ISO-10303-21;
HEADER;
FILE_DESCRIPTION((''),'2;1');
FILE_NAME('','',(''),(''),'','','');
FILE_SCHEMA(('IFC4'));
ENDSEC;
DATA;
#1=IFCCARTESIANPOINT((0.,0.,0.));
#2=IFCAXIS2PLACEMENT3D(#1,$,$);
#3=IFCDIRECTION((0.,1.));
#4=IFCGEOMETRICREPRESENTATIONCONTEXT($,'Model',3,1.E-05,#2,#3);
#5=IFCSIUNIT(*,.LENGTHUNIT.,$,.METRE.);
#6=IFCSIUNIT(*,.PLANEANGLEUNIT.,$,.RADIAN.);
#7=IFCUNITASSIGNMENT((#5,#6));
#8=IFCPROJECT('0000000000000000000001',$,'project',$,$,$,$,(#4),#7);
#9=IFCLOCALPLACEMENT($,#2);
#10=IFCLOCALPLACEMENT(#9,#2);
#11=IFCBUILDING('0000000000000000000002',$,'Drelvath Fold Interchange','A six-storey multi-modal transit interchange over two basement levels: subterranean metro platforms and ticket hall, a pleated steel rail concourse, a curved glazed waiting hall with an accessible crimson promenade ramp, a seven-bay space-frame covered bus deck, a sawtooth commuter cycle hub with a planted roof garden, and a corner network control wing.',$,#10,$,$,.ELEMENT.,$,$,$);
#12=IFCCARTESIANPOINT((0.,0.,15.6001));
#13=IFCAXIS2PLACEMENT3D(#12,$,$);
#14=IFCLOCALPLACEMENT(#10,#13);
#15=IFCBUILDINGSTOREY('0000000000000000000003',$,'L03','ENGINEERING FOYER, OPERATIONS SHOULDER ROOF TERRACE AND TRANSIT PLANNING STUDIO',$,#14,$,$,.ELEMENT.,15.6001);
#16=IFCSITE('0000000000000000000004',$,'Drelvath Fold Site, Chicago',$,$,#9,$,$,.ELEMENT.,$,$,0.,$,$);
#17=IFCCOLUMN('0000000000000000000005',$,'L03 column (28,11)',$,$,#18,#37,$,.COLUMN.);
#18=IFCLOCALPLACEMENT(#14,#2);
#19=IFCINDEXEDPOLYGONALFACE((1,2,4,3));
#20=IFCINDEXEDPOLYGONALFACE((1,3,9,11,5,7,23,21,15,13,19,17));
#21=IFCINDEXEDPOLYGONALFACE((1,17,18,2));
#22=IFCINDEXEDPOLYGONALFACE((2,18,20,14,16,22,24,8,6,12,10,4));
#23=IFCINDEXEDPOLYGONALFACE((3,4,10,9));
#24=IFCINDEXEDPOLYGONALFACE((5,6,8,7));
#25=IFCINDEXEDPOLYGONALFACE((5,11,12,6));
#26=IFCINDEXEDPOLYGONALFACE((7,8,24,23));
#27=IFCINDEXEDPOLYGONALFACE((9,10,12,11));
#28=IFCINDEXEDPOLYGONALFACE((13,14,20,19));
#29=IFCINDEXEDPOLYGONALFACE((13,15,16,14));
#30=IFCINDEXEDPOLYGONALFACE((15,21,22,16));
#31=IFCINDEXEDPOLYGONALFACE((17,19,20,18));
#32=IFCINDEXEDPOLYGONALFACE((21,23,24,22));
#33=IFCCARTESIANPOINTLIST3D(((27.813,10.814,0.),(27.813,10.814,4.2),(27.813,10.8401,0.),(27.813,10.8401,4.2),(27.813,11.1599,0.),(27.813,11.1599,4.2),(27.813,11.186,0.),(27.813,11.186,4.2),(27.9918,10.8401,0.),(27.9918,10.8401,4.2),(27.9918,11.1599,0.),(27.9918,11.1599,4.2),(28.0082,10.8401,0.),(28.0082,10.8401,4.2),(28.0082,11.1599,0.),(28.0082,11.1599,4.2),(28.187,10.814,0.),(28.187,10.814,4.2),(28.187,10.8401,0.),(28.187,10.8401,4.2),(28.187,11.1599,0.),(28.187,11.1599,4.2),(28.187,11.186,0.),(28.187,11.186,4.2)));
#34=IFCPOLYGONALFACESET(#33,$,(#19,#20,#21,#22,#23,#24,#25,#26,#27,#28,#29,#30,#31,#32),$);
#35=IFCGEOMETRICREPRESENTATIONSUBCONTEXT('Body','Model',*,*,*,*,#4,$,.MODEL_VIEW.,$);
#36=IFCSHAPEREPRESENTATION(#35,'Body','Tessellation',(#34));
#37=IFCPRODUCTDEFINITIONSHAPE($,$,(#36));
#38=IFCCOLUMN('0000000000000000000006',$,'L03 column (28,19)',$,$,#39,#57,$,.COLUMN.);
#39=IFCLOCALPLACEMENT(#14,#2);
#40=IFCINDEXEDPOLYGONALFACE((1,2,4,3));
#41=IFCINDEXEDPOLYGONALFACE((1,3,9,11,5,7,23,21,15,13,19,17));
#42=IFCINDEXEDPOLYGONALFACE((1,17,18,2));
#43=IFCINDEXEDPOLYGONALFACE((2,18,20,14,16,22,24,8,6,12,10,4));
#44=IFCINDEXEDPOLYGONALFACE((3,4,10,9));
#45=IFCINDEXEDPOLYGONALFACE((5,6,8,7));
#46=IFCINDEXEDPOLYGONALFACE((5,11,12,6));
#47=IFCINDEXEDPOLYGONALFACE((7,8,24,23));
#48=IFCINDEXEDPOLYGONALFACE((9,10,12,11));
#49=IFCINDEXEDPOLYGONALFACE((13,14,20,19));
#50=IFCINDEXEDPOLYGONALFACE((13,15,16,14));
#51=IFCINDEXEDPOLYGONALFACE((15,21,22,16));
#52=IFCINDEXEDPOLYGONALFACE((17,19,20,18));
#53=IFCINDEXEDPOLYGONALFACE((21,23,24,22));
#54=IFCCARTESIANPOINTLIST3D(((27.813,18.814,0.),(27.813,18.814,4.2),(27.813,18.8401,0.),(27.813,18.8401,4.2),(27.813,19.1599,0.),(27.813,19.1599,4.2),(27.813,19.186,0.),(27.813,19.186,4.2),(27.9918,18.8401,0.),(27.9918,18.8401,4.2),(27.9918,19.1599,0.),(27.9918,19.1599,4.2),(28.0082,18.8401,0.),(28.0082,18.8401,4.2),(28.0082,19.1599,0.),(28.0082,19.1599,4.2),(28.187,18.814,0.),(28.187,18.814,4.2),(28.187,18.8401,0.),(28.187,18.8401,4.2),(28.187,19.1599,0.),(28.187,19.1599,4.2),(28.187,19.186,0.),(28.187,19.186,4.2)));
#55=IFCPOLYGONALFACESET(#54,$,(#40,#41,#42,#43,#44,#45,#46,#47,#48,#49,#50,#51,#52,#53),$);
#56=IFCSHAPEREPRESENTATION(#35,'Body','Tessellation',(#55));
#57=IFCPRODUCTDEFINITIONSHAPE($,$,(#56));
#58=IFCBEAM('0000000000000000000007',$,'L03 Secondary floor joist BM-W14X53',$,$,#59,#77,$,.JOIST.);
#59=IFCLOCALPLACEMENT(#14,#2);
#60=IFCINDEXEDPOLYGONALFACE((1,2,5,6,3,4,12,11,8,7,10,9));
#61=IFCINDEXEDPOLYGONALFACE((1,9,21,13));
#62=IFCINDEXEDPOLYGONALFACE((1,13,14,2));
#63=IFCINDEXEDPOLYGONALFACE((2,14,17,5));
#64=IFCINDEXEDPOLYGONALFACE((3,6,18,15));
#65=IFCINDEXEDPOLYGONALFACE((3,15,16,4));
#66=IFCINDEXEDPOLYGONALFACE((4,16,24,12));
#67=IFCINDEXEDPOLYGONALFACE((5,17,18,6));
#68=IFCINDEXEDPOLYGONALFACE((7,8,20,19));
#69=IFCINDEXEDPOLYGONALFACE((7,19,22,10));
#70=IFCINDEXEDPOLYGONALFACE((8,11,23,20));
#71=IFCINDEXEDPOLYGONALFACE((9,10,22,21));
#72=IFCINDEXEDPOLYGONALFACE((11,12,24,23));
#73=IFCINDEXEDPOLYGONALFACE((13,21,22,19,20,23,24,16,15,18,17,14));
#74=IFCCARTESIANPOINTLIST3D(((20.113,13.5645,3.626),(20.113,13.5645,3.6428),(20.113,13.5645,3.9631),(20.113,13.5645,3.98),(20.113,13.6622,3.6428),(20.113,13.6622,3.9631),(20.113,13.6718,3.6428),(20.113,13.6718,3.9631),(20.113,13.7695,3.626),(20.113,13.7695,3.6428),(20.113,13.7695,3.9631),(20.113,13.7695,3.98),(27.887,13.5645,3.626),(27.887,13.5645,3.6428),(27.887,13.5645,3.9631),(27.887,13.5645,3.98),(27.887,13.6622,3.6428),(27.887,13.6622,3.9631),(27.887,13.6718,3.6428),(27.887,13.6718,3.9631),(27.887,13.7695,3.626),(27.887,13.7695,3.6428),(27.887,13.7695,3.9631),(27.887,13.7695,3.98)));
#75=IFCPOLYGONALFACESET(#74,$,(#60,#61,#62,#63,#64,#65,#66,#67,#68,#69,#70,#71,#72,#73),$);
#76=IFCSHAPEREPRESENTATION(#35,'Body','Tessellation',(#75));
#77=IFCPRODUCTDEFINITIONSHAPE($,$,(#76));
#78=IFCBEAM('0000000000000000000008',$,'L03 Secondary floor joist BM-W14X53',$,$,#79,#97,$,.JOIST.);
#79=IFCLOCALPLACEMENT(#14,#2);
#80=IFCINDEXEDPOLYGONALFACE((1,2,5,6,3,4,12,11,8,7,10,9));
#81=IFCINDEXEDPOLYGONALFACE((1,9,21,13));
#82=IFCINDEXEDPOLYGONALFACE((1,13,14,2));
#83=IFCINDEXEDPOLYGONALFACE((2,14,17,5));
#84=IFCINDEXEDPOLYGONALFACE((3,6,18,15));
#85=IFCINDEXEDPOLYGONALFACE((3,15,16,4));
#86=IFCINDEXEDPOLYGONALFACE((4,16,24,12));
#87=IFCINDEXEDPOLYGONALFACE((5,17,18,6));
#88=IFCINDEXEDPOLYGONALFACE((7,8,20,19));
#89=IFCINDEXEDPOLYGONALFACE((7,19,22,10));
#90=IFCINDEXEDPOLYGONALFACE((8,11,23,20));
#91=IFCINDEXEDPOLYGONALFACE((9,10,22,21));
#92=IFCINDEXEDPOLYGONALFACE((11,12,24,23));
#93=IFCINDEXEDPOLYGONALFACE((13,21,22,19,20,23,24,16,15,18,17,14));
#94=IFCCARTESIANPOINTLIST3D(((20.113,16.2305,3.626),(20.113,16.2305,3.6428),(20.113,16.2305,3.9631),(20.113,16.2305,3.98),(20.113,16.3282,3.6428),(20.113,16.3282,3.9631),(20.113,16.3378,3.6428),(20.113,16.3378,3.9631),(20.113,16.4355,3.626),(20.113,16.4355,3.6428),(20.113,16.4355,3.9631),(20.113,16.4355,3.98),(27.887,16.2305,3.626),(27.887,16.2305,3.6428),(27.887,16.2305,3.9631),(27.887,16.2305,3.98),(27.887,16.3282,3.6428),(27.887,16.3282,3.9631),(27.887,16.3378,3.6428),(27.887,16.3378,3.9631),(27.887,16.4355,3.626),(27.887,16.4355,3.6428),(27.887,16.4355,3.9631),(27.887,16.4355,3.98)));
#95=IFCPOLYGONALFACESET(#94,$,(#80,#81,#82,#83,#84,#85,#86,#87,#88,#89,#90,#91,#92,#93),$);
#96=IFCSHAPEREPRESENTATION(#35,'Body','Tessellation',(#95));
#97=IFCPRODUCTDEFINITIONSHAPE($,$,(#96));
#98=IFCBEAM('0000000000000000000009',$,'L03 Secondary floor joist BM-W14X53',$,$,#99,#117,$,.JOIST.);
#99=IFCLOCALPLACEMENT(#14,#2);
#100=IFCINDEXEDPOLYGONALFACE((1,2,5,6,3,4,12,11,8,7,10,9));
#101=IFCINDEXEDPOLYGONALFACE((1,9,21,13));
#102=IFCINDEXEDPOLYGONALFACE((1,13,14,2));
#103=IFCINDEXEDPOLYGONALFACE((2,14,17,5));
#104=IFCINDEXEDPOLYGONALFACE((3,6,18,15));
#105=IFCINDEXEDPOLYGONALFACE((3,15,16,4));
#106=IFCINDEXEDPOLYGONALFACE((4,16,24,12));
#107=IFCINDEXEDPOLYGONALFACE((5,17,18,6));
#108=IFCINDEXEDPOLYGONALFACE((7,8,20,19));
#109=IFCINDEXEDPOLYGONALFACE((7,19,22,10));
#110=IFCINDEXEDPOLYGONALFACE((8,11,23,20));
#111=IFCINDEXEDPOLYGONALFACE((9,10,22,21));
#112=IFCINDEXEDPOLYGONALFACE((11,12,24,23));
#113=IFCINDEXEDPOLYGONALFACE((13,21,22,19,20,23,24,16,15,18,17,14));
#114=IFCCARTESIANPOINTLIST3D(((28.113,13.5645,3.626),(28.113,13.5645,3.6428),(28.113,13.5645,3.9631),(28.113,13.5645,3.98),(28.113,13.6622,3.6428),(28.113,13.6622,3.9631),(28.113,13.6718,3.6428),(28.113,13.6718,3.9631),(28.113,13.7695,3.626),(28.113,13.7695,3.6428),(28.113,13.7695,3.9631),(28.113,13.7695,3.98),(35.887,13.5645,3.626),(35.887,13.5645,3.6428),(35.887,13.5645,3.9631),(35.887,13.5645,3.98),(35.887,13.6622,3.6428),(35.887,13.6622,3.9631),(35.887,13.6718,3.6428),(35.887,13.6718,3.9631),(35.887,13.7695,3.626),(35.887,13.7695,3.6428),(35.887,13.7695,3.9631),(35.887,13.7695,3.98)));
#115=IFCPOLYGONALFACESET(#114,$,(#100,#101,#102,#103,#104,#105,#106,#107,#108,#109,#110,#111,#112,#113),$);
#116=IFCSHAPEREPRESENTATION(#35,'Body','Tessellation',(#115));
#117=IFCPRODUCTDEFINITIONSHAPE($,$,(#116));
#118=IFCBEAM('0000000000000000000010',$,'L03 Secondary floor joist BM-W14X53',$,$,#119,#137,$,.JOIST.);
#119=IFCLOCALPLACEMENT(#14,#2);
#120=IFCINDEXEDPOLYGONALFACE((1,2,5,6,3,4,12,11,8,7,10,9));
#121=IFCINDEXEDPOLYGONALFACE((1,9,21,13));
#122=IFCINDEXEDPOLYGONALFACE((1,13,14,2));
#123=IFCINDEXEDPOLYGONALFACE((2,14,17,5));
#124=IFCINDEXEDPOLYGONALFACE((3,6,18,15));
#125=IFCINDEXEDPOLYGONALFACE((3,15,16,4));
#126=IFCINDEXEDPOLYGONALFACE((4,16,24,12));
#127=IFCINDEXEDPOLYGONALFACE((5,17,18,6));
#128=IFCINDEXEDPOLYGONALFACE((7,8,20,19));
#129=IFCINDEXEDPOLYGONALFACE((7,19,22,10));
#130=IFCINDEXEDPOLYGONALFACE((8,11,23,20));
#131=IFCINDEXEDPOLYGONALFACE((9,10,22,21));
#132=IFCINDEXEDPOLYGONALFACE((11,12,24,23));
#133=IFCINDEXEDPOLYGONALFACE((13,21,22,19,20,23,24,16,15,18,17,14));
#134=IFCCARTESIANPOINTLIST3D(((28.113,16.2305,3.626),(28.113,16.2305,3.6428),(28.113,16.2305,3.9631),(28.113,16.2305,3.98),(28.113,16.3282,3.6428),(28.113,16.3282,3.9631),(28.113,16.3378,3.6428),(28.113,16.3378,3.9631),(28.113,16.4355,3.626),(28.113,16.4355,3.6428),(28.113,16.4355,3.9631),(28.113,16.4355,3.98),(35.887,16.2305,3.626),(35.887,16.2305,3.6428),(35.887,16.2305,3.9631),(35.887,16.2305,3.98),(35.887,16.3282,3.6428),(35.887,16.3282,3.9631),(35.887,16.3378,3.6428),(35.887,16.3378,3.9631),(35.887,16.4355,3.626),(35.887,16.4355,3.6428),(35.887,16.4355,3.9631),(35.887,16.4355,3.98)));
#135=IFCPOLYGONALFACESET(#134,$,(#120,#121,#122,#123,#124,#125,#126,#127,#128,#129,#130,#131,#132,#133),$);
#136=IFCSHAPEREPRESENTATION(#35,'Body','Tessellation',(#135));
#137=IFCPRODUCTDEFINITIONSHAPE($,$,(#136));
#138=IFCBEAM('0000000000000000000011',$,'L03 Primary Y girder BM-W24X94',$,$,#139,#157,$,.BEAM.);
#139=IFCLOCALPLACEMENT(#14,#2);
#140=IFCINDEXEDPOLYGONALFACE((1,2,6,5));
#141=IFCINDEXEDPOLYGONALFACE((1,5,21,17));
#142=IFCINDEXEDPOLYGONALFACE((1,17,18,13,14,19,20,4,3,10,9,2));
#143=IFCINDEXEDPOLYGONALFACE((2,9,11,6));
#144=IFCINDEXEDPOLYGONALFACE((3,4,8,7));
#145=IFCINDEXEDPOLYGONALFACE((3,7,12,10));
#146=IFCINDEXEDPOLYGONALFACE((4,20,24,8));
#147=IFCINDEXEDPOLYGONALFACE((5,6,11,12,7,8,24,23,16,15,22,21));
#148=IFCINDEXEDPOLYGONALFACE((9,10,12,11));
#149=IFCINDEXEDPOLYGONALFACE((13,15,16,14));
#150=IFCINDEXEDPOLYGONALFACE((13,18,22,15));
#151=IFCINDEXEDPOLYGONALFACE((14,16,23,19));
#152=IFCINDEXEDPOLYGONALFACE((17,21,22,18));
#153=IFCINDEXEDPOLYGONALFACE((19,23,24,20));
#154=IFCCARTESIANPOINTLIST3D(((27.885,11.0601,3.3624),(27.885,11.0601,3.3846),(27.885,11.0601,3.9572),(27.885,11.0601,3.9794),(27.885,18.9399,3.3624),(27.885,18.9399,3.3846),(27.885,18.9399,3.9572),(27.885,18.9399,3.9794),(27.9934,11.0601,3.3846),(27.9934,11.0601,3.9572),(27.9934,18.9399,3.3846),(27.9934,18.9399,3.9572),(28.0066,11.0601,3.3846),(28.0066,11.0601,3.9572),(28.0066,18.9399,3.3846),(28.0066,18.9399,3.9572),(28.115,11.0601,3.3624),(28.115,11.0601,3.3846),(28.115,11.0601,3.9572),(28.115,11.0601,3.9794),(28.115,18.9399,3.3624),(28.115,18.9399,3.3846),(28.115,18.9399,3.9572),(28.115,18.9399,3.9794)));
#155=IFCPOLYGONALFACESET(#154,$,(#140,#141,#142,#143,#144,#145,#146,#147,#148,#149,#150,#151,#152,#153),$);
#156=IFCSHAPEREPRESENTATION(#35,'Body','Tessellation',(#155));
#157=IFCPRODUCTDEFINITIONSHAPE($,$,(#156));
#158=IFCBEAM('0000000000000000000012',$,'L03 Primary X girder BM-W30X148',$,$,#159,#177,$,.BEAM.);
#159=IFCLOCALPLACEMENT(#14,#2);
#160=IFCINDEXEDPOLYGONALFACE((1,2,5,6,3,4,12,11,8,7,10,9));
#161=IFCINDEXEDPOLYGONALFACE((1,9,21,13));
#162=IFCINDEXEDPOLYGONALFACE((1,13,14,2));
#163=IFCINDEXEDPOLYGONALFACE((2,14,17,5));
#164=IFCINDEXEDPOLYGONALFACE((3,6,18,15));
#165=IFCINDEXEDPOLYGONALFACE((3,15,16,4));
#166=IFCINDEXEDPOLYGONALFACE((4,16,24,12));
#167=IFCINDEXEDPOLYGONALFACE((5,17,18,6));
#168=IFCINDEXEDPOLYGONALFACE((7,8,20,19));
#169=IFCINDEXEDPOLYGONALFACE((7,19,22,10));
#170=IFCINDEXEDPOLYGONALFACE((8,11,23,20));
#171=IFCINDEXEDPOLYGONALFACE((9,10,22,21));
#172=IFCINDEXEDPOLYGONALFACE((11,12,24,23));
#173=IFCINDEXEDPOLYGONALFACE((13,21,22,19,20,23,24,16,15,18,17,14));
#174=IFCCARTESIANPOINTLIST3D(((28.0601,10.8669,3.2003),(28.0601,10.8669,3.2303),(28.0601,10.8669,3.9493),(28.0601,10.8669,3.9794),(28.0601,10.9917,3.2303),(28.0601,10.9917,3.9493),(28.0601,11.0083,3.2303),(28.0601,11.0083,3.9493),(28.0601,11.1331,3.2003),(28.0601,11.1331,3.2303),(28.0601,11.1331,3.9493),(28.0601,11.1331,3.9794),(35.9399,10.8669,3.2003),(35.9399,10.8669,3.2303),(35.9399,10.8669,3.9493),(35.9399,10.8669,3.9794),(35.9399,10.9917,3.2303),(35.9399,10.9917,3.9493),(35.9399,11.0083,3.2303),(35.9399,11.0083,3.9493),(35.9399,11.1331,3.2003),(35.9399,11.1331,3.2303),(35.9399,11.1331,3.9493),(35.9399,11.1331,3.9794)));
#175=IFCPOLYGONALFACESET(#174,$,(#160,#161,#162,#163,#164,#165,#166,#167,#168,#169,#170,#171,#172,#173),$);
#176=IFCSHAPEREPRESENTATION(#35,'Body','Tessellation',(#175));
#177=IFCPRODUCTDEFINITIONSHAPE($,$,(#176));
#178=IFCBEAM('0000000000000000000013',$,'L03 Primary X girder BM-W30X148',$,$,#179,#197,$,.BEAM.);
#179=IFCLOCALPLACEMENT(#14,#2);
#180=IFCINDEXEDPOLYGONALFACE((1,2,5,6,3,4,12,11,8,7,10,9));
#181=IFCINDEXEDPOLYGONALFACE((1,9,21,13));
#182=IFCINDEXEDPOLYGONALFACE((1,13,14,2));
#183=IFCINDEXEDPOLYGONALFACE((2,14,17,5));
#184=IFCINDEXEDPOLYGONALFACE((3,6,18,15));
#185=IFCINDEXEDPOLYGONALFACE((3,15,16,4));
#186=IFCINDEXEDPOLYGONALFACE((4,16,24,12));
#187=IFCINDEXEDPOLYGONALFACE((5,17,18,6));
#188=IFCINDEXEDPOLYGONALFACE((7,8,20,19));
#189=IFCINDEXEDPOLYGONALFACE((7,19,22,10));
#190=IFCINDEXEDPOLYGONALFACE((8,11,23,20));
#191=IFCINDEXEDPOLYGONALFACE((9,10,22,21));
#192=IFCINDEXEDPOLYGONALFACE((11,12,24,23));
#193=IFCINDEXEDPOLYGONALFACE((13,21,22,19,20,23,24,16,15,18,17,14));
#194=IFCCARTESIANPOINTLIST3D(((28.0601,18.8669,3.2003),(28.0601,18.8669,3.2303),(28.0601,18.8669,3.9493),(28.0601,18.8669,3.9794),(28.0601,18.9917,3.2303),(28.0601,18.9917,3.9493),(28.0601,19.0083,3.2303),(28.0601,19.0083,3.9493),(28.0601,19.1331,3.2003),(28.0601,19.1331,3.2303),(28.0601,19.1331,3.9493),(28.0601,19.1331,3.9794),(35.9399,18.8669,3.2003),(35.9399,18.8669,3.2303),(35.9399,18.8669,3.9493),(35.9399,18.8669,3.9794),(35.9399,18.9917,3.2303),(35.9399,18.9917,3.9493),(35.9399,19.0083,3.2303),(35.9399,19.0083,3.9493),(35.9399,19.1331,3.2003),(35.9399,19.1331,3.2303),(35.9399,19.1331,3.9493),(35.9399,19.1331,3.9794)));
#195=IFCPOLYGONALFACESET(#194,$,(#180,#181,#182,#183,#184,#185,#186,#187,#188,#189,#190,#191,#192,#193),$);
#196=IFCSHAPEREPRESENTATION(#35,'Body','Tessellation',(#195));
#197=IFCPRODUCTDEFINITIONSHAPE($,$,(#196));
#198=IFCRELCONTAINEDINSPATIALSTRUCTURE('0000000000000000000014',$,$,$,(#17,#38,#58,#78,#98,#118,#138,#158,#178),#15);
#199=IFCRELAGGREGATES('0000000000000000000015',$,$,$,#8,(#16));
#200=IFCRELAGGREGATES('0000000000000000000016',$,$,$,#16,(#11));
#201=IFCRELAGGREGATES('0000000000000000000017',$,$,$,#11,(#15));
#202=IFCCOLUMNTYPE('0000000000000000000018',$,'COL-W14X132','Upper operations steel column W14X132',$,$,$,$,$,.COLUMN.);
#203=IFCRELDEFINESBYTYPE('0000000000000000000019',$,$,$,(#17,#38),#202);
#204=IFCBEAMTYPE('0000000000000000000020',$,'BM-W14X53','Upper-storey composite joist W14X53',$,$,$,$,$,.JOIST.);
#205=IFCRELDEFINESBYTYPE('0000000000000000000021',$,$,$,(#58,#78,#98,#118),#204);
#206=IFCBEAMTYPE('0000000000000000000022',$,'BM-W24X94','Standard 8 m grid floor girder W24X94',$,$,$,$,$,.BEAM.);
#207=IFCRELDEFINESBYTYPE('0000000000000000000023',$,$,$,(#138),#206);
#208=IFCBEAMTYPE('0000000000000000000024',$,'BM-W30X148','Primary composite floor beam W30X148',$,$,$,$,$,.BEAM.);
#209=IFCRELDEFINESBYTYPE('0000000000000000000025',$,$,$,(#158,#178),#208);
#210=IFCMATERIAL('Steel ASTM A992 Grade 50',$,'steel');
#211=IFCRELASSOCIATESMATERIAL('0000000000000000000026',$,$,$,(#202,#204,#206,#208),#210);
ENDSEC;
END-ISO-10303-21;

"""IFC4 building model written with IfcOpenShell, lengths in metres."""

from ifc_helpers import new_model, si_unit, direction, frame, origin, origin_2d, place, context, subcontext, project, spatial, i_section, extrude, material, material_profile, profile_set, type_object, element, save


model = new_model("IFC4")

# Units and contexts
model_context = context("Model", 3, precision=1e-05, world=origin(), true_north=direction((0.0, 1.0)))
body_context = subcontext(model_context, "Body", "Model", "MODEL_VIEW")
ifc_project = project(units=[si_unit("LENGTHUNIT", "METRE"), si_unit("PLANEANGLEUNIT", "RADIAN")], contexts=[model_context])

# Site, building, storey
site_placement = place(None, origin())
site = spatial("IfcSite", under=ifc_project, at=site_placement, Name="Drelvath Fold Site, Chicago", CompositionType="ELEMENT", RefElevation=0.0)
building_placement = place(site_placement, origin())
building = spatial("IfcBuilding", under=site, at=building_placement, Name="Drelvath Fold Interchange", Description="A six-storey multi-modal transit interchange over two basement levels: subterranean metro platforms and ticket hall, a pleated steel rail concourse, a curved glazed waiting hall with an accessible crimson promenade ramp, a seven-bay space-frame covered bus deck, a sawtooth commuter cycle hub with a planted roof garden, and a corner network control wing.", CompositionType="ELEMENT")
storey_placement = place(building_placement, frame((0.0, 0.0, 15.6001)))
storey = spatial("IfcBuildingStorey", under=building, at=storey_placement, Name="L03", Description="ENGINEERING FOYER, OPERATIONS SHOULDER ROOF TERRACE AND TRANSIT PLANNING STUDIO", CompositionType="ELEMENT", Elevation=15.6001)

# Columns
ifc_material_1 = material(Name="Steel ASTM A992 Grade 50", Category="steel")
ifc_material_profile_1 = material_profile(ifc_material_1, i_section(OverallWidth=0.374, OverallDepth=0.3721, WebThickness=0.0164, FlangeThickness=0.0261, at=origin_2d()), Name="W14X132")
ifc_profile_set_1 = profile_set([ifc_material_profile_1], Name="Steel ASTM A992 Grade 50")
column_type = type_object("IfcColumnType", Name="COL-W14X132", Description="Upper operations steel column W14X132", PredefinedType="COLUMN", material=ifc_profile_set_1)
for number, where, z_axis, x_axis, name in (
    (1, (28.0, 11.0, 0.0), (0.0, 0.0, 1.0), (1.0, 0.0, 0.0), "L03 column (28,11)"),
    (2, (28.0, 19.0, 0.0), (0.0, 0.0, 1.0), (1.0, 0.0, 0.0), "L03 column (28,19)"),
):
    element("IfcColumn", number, at=place(storey_placement, frame(where, z_axis=z_axis, x_axis=x_axis)), inside=storey, type_object=column_type, Name=name, PredefinedType="COLUMN", context=body_context, shape_type="SweptSolid", body=[
        extrude(i_section(OverallWidth=0.374, OverallDepth=0.3721, WebThickness=0.0164, FlangeThickness=0.0261, at=origin_2d()), origin(), (0.0, 0.0, 1.0), 4.2),
    ])

# Beams
ifc_material_profile_2 = material_profile(ifc_material_1, i_section(OverallWidth=0.2051, OverallDepth=0.354, WebThickness=0.0095, FlangeThickness=0.0168, at=origin_2d()), Name="W14X53")
ifc_profile_set_2 = profile_set([ifc_material_profile_2], Name="Steel ASTM A992 Grade 50")
beam_type_1 = type_object("IfcBeamType", Name="BM-W14X53", Description="Upper-storey composite joist W14X53", PredefinedType="JOIST", material=ifc_profile_set_2)
for number, where, z_axis, x_axis, name in (
    (3, (20.113, 13.667, 3.803), (1.0, 0.0, 0.0), (0.0, 1.0, 0.0), "L03 Secondary floor joist BM-W14X53"),
    (4, (20.113, 16.333, 3.803), (1.0, 0.0, 0.0), (0.0, 1.0, 0.0), "L03 Secondary floor joist BM-W14X53"),
    (5, (28.113, 13.667, 3.803), (1.0, 0.0, 0.0), (0.0, 1.0, 0.0), "L03 Secondary floor joist BM-W14X53"),
    (6, (28.113, 16.333, 3.803), (1.0, 0.0, 0.0), (0.0, 1.0, 0.0), "L03 Secondary floor joist BM-W14X53"),
):
    element("IfcBeam", number, at=place(storey_placement, frame(where, z_axis=z_axis, x_axis=x_axis)), inside=storey, type_object=beam_type_1, Name=name, PredefinedType="JOIST", context=body_context, shape_type="SweptSolid", body=[
        extrude(i_section(OverallWidth=0.2051, OverallDepth=0.354, WebThickness=0.0095, FlangeThickness=0.0168, at=origin_2d()), origin(), (0.0, 0.0, 1.0), 7.7739),
    ])
ifc_material_profile_3 = material_profile(ifc_material_1, i_section(OverallWidth=0.23, OverallDepth=0.6169, WebThickness=0.0132, FlangeThickness=0.0222, at=origin_2d()), Name="W24X94")
ifc_profile_set_3 = profile_set([ifc_material_profile_3], Name="Steel ASTM A992 Grade 50")
beam_type_2 = type_object("IfcBeamType", Name="BM-W24X94", Description="Standard 8 m grid floor girder W24X94", PredefinedType="BEAM", material=ifc_profile_set_3)
beam_placement = place(storey_placement, frame((28.0, 11.0601, 3.6709), z_axis=(0.0, 1.0, 0.0), x_axis=(-1.0, 0.0, 0.0)))
element("IfcBeam", 7, at=beam_placement, inside=storey, type_object=beam_type_2, Name="L03 Primary Y girder BM-W24X94", PredefinedType="BEAM", context=body_context, shape_type="SweptSolid", body=[
    extrude(i_section(OverallWidth=0.23, OverallDepth=0.6169, WebThickness=0.0132, FlangeThickness=0.0222, at=origin_2d()), origin(), (0.0, 0.0, 1.0), 7.8799),
])
ifc_material_profile_4 = material_profile(ifc_material_1, i_section(OverallWidth=0.2661, OverallDepth=0.7791, WebThickness=0.0166, FlangeThickness=0.03, at=origin_2d()), Name="W30X148")
ifc_profile_set_4 = profile_set([ifc_material_profile_4], Name="Steel ASTM A992 Grade 50")
beam_type_3 = type_object("IfcBeamType", Name="BM-W30X148", Description="Primary composite floor beam W30X148", PredefinedType="BEAM", material=ifc_profile_set_4)
for number, where, z_axis, x_axis, name in (
    (8, (28.0601, 11.0, 3.5898), (1.0, 0.0, 0.0), (0.0, 1.0, 0.0), "L03 Primary X girder BM-W30X148"),
    (9, (28.0601, 19.0, 3.5898), (1.0, 0.0, 0.0), (0.0, 1.0, 0.0), "L03 Primary X girder BM-W30X148"),
):
    element("IfcBeam", number, at=place(storey_placement, frame(where, z_axis=z_axis, x_axis=x_axis)), inside=storey, type_object=beam_type_3, Name=name, PredefinedType="BEAM", context=body_context, shape_type="SweptSolid", body=[
        extrude(i_section(OverallWidth=0.2661, OverallDepth=0.7791, WebThickness=0.0166, FlangeThickness=0.03, at=origin_2d()), origin(), (0.0, 0.0, 1.0), 7.8799),
    ])

save(model, "model.ifc")
